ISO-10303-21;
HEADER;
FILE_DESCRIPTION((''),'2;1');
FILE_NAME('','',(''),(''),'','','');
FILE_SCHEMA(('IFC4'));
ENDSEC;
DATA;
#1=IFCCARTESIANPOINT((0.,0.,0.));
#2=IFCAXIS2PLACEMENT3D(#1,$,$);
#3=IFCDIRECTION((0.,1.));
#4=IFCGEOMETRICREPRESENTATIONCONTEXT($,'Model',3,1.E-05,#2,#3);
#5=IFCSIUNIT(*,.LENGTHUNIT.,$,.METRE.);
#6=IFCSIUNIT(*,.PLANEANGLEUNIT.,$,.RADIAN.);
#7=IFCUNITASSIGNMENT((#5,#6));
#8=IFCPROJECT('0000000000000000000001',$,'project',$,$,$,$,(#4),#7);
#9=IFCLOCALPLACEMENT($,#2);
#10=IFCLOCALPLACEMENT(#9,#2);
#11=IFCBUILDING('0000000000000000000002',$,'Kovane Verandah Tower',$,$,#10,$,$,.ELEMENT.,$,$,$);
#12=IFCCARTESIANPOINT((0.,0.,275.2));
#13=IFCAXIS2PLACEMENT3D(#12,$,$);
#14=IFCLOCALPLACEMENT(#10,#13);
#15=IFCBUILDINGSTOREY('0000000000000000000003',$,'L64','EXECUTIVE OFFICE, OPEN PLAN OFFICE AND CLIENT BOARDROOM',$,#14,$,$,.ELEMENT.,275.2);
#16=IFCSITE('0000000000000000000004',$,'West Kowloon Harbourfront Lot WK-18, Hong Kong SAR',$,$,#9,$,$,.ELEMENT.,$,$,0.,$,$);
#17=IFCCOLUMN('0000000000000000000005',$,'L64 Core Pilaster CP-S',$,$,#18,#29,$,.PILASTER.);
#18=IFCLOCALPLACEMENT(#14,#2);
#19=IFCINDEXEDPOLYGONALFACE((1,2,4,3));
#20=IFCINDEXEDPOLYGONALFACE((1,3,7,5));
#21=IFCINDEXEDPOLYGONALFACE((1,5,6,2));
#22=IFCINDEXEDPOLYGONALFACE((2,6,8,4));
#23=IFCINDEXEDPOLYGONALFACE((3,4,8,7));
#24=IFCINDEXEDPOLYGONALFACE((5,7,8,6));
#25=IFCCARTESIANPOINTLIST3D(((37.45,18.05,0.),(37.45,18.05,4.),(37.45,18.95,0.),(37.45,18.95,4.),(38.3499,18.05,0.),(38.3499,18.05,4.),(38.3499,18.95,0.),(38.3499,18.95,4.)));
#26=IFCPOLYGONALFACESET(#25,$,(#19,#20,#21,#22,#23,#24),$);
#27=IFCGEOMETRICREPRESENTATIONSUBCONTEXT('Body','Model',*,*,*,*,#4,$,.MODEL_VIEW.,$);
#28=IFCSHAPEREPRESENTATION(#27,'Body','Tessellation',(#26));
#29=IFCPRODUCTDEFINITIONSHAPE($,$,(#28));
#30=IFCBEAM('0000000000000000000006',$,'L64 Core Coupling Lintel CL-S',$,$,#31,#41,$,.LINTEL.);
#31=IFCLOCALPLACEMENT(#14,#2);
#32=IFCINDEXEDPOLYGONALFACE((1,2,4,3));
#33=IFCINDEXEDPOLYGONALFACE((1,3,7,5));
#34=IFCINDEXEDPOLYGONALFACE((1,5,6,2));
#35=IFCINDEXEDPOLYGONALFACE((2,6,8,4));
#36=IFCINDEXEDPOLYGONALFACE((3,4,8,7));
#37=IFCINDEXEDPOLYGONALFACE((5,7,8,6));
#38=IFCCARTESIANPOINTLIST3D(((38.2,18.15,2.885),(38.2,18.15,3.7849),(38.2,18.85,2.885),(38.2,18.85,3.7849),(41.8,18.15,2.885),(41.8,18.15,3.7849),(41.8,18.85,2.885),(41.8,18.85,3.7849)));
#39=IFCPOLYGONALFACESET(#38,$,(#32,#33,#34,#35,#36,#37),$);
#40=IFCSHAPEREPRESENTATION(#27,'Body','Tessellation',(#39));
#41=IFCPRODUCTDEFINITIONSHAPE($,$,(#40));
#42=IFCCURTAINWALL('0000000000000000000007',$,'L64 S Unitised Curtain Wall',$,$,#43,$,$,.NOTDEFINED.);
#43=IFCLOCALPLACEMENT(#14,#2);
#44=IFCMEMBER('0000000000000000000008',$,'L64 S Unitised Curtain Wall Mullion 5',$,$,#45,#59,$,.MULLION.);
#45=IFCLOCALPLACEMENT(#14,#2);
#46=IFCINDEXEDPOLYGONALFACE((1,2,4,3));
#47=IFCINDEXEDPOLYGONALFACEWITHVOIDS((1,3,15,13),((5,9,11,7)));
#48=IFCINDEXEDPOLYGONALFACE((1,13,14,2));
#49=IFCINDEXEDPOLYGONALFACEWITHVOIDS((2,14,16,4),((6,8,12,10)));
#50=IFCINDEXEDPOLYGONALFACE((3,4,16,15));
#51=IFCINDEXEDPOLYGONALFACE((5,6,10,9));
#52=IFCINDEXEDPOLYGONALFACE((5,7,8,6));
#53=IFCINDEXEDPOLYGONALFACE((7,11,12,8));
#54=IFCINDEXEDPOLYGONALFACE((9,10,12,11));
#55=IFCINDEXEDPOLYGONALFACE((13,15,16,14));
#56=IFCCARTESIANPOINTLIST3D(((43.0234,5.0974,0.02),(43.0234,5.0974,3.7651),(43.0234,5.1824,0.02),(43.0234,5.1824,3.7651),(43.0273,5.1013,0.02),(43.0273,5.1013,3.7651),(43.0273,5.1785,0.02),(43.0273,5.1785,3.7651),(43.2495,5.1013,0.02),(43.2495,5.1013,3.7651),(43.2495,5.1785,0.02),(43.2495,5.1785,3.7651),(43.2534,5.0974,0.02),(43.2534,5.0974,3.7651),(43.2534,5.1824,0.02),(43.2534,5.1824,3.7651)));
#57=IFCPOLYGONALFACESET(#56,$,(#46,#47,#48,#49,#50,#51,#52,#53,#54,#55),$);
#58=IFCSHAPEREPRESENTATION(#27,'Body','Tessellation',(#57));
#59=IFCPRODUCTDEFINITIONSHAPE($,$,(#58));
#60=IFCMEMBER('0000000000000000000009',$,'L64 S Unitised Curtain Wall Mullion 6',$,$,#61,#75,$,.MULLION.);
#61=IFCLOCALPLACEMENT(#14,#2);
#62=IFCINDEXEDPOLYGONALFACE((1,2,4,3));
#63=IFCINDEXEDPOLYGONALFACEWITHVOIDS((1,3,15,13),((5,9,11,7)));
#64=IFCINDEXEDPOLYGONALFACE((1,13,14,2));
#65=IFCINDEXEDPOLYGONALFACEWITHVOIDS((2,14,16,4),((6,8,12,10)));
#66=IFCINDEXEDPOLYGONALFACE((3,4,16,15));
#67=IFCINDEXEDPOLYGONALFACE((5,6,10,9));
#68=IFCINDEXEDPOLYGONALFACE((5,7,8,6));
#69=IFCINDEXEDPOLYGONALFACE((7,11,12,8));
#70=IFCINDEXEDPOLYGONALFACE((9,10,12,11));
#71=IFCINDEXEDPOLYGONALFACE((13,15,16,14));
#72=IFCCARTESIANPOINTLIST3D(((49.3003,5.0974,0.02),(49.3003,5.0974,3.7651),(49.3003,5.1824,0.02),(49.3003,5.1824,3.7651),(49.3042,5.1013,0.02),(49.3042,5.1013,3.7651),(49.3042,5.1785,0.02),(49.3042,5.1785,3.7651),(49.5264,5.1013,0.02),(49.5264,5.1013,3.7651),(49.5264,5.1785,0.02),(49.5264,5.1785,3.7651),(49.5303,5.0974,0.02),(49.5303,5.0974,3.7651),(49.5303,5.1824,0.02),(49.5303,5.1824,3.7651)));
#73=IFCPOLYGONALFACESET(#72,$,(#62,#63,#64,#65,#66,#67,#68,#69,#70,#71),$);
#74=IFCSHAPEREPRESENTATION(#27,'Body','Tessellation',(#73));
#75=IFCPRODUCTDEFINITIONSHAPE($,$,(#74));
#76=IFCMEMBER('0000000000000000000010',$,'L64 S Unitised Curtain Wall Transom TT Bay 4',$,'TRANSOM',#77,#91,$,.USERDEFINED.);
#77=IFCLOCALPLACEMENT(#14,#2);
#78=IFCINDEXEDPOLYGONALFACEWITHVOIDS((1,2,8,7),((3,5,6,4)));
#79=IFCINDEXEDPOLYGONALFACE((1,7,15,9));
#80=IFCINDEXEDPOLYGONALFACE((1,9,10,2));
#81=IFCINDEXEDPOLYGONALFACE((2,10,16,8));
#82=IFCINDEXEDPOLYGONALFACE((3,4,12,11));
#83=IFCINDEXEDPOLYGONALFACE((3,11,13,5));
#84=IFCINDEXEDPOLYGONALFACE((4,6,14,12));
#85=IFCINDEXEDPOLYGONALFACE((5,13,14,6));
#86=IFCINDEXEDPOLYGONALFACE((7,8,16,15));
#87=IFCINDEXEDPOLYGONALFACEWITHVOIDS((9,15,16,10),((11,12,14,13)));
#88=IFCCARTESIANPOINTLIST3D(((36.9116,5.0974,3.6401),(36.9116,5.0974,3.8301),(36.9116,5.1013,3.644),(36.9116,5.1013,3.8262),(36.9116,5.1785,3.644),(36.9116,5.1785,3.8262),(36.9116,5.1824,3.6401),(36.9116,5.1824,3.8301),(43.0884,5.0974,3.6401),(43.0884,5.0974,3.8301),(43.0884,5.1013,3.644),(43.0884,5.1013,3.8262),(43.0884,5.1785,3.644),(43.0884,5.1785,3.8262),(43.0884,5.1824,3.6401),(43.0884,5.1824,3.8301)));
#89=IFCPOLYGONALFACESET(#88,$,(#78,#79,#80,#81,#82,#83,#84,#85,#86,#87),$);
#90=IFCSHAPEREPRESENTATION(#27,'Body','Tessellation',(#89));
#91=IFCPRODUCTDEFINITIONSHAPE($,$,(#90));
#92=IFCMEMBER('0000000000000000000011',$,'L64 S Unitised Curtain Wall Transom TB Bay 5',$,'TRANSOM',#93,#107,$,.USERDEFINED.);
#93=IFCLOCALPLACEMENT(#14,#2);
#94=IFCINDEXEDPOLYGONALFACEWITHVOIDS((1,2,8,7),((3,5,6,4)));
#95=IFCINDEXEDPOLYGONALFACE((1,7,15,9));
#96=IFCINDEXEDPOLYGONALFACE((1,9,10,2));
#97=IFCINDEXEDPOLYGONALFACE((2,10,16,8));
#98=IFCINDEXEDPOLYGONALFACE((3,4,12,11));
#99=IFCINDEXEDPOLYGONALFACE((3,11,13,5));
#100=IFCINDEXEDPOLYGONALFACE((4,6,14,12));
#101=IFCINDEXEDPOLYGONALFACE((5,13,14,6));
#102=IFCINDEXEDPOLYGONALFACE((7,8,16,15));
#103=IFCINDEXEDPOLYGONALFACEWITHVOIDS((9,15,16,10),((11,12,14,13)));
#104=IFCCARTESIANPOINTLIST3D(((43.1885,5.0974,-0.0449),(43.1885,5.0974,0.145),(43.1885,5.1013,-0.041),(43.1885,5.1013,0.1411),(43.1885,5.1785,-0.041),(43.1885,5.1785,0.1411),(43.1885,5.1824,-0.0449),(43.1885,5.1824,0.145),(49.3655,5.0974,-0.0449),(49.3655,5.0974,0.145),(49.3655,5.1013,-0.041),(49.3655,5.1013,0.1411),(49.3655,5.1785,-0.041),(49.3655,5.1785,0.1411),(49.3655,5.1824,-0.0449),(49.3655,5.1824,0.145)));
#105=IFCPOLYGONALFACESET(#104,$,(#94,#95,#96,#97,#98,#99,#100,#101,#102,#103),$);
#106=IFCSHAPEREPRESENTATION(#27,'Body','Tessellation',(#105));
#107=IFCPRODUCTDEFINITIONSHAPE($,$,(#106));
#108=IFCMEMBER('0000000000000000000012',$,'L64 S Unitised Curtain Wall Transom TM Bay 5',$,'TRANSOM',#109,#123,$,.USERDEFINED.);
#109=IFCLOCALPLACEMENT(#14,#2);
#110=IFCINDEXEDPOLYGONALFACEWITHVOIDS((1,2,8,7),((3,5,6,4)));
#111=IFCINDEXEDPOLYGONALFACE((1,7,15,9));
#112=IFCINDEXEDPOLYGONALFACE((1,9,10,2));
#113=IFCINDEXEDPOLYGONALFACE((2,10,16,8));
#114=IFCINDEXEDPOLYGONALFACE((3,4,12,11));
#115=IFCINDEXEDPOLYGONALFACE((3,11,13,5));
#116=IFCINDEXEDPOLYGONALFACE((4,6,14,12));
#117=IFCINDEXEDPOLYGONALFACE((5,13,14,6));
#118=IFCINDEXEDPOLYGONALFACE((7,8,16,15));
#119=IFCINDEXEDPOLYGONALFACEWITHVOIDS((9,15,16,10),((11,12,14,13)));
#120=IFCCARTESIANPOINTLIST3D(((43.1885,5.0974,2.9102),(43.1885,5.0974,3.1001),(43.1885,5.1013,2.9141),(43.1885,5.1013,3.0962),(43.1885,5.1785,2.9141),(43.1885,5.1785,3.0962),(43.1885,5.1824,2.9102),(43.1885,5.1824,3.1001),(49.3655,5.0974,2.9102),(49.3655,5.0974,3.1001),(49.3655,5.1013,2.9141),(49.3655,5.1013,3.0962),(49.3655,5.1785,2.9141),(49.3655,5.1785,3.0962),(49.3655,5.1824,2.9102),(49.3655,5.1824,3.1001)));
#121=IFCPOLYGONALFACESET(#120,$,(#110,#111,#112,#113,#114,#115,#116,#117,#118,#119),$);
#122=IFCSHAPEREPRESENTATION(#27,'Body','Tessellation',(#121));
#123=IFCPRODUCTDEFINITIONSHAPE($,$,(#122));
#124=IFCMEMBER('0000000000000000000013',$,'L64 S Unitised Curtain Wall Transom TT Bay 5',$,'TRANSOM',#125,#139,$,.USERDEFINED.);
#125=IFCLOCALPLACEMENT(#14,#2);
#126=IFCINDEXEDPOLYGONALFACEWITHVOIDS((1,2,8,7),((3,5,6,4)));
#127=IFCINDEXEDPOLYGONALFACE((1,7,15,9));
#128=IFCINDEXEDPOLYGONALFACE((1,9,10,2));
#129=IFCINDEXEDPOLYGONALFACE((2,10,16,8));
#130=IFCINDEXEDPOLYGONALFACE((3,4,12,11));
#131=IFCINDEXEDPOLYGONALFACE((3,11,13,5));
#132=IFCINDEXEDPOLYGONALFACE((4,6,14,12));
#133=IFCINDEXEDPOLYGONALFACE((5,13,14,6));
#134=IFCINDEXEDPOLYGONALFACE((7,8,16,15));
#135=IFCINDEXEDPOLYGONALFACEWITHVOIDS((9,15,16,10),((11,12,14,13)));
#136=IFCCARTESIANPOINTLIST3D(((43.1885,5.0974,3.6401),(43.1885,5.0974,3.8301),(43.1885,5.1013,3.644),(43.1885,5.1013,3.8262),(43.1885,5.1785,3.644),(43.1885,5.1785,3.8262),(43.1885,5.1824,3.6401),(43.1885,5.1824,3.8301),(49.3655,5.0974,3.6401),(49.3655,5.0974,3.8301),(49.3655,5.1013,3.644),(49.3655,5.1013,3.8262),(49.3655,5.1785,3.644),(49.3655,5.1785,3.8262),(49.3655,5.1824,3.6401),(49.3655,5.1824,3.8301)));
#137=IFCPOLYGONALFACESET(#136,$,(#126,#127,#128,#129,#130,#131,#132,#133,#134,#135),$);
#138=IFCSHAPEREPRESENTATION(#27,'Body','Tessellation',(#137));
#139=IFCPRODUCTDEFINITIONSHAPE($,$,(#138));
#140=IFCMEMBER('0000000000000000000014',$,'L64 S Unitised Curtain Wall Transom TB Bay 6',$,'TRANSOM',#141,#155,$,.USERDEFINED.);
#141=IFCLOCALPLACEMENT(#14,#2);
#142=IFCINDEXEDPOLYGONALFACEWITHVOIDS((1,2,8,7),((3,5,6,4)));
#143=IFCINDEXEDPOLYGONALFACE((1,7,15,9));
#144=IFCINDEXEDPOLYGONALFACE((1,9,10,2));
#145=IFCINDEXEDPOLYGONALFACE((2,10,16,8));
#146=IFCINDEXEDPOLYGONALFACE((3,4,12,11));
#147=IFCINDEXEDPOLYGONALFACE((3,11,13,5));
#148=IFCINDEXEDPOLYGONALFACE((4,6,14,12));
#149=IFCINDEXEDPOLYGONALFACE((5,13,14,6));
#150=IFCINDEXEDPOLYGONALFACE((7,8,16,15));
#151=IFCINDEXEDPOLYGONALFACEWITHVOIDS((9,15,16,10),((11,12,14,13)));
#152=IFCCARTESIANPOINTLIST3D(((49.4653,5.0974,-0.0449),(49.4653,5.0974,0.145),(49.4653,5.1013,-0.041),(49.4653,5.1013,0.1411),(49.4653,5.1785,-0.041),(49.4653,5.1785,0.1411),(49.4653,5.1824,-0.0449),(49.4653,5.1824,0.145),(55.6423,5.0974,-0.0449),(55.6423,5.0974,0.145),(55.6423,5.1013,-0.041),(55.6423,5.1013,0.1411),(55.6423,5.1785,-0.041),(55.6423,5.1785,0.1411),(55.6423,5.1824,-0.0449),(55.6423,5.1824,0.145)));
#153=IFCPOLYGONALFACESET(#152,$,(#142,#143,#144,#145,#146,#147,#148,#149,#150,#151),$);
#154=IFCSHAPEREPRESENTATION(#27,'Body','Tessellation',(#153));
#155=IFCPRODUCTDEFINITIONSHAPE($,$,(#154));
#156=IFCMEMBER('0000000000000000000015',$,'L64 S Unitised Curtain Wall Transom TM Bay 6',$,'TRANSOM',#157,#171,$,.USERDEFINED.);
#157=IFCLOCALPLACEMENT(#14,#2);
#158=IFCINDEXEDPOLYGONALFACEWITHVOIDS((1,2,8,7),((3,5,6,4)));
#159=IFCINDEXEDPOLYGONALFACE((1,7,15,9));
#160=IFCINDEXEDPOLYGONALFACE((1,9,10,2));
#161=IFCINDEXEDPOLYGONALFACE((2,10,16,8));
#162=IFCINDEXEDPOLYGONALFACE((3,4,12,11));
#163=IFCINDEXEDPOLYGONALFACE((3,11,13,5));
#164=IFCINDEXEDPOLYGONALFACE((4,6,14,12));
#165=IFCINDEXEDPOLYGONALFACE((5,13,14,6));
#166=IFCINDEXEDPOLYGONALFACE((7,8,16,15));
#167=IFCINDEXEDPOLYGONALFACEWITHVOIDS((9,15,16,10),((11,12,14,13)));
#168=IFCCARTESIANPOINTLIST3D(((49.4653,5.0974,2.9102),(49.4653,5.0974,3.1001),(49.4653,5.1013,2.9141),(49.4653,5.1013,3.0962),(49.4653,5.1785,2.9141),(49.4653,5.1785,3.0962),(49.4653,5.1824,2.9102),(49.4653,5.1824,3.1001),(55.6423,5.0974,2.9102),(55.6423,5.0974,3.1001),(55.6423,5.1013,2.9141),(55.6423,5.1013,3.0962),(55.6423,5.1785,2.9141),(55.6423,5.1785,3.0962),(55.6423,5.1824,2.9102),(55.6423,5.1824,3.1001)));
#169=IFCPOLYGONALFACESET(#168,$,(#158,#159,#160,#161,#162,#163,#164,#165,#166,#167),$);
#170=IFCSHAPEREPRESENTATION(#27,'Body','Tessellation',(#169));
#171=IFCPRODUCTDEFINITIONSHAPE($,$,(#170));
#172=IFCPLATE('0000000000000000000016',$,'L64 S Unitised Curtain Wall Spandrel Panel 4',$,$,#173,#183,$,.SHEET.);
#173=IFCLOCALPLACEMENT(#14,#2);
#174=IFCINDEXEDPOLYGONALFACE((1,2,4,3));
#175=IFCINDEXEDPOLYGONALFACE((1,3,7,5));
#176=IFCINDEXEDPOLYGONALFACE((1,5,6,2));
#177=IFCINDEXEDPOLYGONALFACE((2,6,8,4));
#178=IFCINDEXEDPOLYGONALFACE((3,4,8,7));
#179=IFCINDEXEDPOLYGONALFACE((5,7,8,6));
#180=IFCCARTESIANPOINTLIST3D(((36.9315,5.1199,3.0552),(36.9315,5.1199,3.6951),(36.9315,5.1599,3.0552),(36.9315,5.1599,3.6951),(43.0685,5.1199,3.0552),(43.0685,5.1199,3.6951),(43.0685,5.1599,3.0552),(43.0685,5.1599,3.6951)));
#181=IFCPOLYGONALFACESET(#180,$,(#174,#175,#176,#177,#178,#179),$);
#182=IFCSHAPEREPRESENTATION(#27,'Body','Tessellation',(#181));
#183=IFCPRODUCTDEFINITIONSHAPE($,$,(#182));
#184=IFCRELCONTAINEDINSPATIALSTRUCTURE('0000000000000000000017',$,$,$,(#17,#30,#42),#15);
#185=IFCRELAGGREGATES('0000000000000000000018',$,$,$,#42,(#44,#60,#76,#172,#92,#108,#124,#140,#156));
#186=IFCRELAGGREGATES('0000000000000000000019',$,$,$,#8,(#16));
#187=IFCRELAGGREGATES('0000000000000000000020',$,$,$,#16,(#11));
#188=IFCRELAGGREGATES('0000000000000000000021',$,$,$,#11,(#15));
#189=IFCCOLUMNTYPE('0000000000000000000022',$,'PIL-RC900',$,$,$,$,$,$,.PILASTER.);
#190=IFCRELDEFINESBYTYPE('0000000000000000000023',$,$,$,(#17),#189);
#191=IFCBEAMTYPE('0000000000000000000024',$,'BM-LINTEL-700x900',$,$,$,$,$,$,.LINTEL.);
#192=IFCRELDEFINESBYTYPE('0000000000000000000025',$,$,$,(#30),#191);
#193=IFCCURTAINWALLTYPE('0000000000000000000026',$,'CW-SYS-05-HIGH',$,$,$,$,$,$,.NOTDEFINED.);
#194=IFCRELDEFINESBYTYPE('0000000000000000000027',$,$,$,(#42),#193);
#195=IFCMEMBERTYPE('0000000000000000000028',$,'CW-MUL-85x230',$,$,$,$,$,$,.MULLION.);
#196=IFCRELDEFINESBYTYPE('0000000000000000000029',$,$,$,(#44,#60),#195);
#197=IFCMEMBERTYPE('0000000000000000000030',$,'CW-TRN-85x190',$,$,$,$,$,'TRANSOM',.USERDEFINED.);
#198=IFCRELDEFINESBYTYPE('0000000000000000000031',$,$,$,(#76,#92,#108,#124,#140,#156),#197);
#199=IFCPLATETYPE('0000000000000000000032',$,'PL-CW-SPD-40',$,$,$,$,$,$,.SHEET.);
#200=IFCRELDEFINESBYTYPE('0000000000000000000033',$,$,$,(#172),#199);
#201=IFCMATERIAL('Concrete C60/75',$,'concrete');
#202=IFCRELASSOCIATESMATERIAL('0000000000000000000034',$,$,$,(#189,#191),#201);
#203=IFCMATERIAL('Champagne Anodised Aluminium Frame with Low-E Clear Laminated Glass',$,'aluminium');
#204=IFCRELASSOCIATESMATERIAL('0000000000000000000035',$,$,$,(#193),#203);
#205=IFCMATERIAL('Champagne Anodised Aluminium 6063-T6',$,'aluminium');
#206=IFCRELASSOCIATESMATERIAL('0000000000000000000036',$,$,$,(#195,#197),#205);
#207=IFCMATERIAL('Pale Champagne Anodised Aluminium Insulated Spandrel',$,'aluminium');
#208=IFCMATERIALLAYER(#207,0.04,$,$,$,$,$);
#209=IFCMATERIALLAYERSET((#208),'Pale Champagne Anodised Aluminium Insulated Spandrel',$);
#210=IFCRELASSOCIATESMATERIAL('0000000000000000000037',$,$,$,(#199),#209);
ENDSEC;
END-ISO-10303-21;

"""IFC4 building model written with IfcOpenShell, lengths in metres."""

from ifc_helpers import new_model, si_unit, direction, frame, origin, origin_2d, place, context, subcontext, project, spatial, rectangle, hollow_rectangle, extrude, material, layer, layer_set, material_profile, profile_set, type_object, element, aggregate, save


model = new_model("IFC4")

# Units and contexts
model_context = context("Model", 3, precision=1e-05, world=origin(), true_north=direction((0.0, 1.0)))
body_context = subcontext(model_context, "Body", "Model", "MODEL_VIEW")
ifc_project = project(units=[si_unit("LENGTHUNIT", "METRE"), si_unit("PLANEANGLEUNIT", "RADIAN")], contexts=[model_context])

# Site, building, storey
site_placement = place(None, origin())
site = spatial("IfcSite", under=ifc_project, at=site_placement, Name="West Kowloon Harbourfront Lot WK-18, Hong Kong SAR", CompositionType="ELEMENT", RefElevation=0.0)
building_placement = place(site_placement, origin())
building = spatial("IfcBuilding", under=site, at=building_placement, Name="Kovane Verandah Tower", CompositionType="ELEMENT")
storey_placement = place(building_placement, frame((0.0, 0.0, 275.2)))
storey = spatial("IfcBuildingStorey", under=building, at=storey_placement, Name="L64", Description="EXECUTIVE OFFICE, OPEN PLAN OFFICE AND CLIENT BOARDROOM", CompositionType="ELEMENT", Elevation=275.2)

# Column
ifc_material_1 = material(Name="Concrete C60/75", Category="concrete")
ifc_material_profile_1 = material_profile(ifc_material_1, rectangle(XDim=0.8999, YDim=0.8999, at=origin_2d()), Name="RC900x900")
ifc_profile_set_1 = profile_set([ifc_material_profile_1], Name="Concrete C60/75")
column_type = type_object("IfcColumnType", Name="PIL-RC900", PredefinedType="PILASTER", material=ifc_profile_set_1)
column_placement = place(storey_placement, frame((37.8999, 18.5, 0.0), z_axis=(0.0, 0.0, 1.0), x_axis=(1.0, 0.0, 0.0)))
element("IfcColumn", 1, at=column_placement, inside=storey, type_object=column_type, Name="L64 Core Pilaster CP-S", PredefinedType="PILASTER", context=body_context, shape_type="SweptSolid", body=[
    extrude(rectangle(XDim=0.8999, YDim=0.8999, at=origin_2d()), origin(), (0.0, 0.0, 1.0), 4.0),
])

# Beam
ifc_material_profile_2 = material_profile(ifc_material_1, rectangle(XDim=0.7, YDim=0.8999, at=origin_2d()), Name="RCB700x900")
ifc_profile_set_2 = profile_set([ifc_material_profile_2], Name="Concrete C60/75")
beam_type = type_object("IfcBeamType", Name="BM-LINTEL-700x900", PredefinedType="LINTEL", material=ifc_profile_set_2)
beam_placement = place(storey_placement, frame((38.2, 18.5, 3.335), z_axis=(1.0, 0.0, 0.0), x_axis=(0.0, 1.0, 0.0)))
element("IfcBeam", 2, at=beam_placement, inside=storey, type_object=beam_type, Name="L64 Core Coupling Lintel CL-S", PredefinedType="LINTEL", context=body_context, shape_type="SweptSolid", body=[
    extrude(rectangle(XDim=0.7, YDim=0.8999, at=origin_2d()), origin(), (0.0, 0.0, 1.0), 3.6001),
])

# Curtain wall, members, plate
ifc_material_2 = material(Name="Champagne Anodised Aluminium Frame with Low-E Clear Laminated Glass", Category="aluminium")
curtain_wall_type = type_object("IfcCurtainWallType", Name="CW-SYS-05-HIGH", PredefinedType="NOTDEFINED", material=ifc_material_2)
curtain_wall_placement = place(storey_placement, origin())
curtain_wall = element("IfcCurtainWall", 3, at=curtain_wall_placement, inside=storey, type_object=curtain_wall_type, Name="L64 S Unitised Curtain Wall", PredefinedType="NOTDEFINED")
ifc_material_3 = material(Name="Champagne Anodised Aluminium 6063-T6", Category="aluminium")
ifc_material_profile_3 = material_profile(ifc_material_3, hollow_rectangle(XDim=0.085, YDim=0.23, WallThickness=0.0039, at=origin_2d()), Name="AL85x230x4")
ifc_profile_set_3 = profile_set([ifc_material_profile_3], Name="Champagne Anodised Aluminium 6063-T6")
member_type_1 = type_object("IfcMemberType", Name="CW-MUL-85x230", PredefinedType="MULLION", material=ifc_profile_set_3)
member_1_placement = place(storey_placement, frame((43.1384, 5.1399, 0.02), z_axis=(0.0, 0.0, 1.0), x_axis=(0.0, -1.0, 0.0)))
member_1 = element("IfcMember", 4, at=member_1_placement, type_object=member_type_1, Name="L64 S Unitised Curtain Wall Mullion 5", PredefinedType="MULLION", context=body_context, shape_type="SweptSolid", body=[
    extrude(hollow_rectangle(XDim=0.085, YDim=0.23, WallThickness=0.0039, at=origin_2d()), origin(), (0.0, 0.0, 1.0), 3.7451),
])
member_2_placement = place(storey_placement, frame((49.4153, 5.1399, 0.02), z_axis=(0.0, 0.0, 1.0), x_axis=(0.0, -1.0, 0.0)))
member_2 = element("IfcMember", 5, at=member_2_placement, type_object=member_type_1, Name="L64 S Unitised Curtain Wall Mullion 6", PredefinedType="MULLION", context=body_context, shape_type="SweptSolid", body=[
    extrude(hollow_rectangle(XDim=0.085, YDim=0.23, WallThickness=0.0039, at=origin_2d()), origin(), (0.0, 0.0, 1.0), 3.7451),
])
ifc_material_profile_4 = material_profile(ifc_material_3, hollow_rectangle(XDim=0.085, YDim=0.1899, WallThickness=0.0039, at=origin_2d()), Name="AL85x190x4")
ifc_profile_set_4 = profile_set([ifc_material_profile_4], Name="Champagne Anodised Aluminium 6063-T6")
member_type_2 = type_object("IfcMemberType", Name="CW-TRN-85x190", ElementType="TRANSOM", PredefinedType="USERDEFINED", material=ifc_profile_set_4)
member_3_placement = place(storey_placement, frame((36.9116, 5.1399, 3.7351), z_axis=(1.0, 0.0, 0.0), x_axis=(0.0, 1.0, 0.0)))
member_3 = element("IfcMember", 6, at=member_3_placement, type_object=member_type_2, Name="L64 S Unitised Curtain Wall Transom TT Bay 4", ObjectType="TRANSOM", PredefinedType="USERDEFINED", context=body_context, shape_type="SweptSolid", body=[
    extrude(hollow_rectangle(XDim=0.085, YDim=0.1899, WallThickness=0.0039, at=origin_2d()), origin(), (0.0, 0.0, 1.0), 6.1768),
])
member_4_placement = place(storey_placement, frame((43.1885, 5.1399, 0.05), z_axis=(1.0, 0.0, 0.0), x_axis=(0.0, 1.0, 0.0)))
member_4 = element("IfcMember", 7, at=member_4_placement, type_object=member_type_2, Name="L64 S Unitised Curtain Wall Transom TB Bay 5", ObjectType="TRANSOM", PredefinedType="USERDEFINED", context=body_context, shape_type="SweptSolid", body=[
    extrude(hollow_rectangle(XDim=0.085, YDim=0.1899, WallThickness=0.0039, at=origin_2d()), origin(), (0.0, 0.0, 1.0), 6.177),
])
member_5_placement = place(storey_placement, frame((43.1885, 5.1399, 3.0051), z_axis=(1.0, 0.0, 0.0), x_axis=(0.0, 1.0, 0.0)))
member_5 = element("IfcMember", 8, at=member_5_placement, type_object=member_type_2, Name="L64 S Unitised Curtain Wall Transom TM Bay 5", ObjectType="TRANSOM", PredefinedType="USERDEFINED", context=body_context, shape_type="SweptSolid", body=[
    extrude(hollow_rectangle(XDim=0.085, YDim=0.1899, WallThickness=0.0039, at=origin_2d()), origin(), (0.0, 0.0, 1.0), 6.177),
])
member_6_placement = place(storey_placement, frame((43.1885, 5.1399, 3.7351), z_axis=(1.0, 0.0, 0.0), x_axis=(0.0, 1.0, 0.0)))
member_6 = element("IfcMember", 9, at=member_6_placement, type_object=member_type_2, Name="L64 S Unitised Curtain Wall Transom TT Bay 5", ObjectType="TRANSOM", PredefinedType="USERDEFINED", context=body_context, shape_type="SweptSolid", body=[
    extrude(hollow_rectangle(XDim=0.085, YDim=0.1899, WallThickness=0.0039, at=origin_2d()), origin(), (0.0, 0.0, 1.0), 6.177),
])
member_7_placement = place(storey_placement, frame((49.4653, 5.1399, 0.05), z_axis=(1.0, 0.0, 0.0), x_axis=(0.0, 1.0, 0.0)))
member_7 = element("IfcMember", 10, at=member_7_placement, type_object=member_type_2, Name="L64 S Unitised Curtain Wall Transom TB Bay 6", ObjectType="TRANSOM", PredefinedType="USERDEFINED", context=body_context, shape_type="SweptSolid", body=[
    extrude(hollow_rectangle(XDim=0.085, YDim=0.1899, WallThickness=0.0039, at=origin_2d()), origin(), (0.0, 0.0, 1.0), 6.177),
])
member_8_placement = place(storey_placement, frame((49.4653, 5.1399, 3.0051), z_axis=(1.0, 0.0, 0.0), x_axis=(0.0, 1.0, 0.0)))
member_8 = element("IfcMember", 11, at=member_8_placement, type_object=member_type_2, Name="L64 S Unitised Curtain Wall Transom TM Bay 6", ObjectType="TRANSOM", PredefinedType="USERDEFINED", context=body_context, shape_type="SweptSolid", body=[
    extrude(hollow_rectangle(XDim=0.085, YDim=0.1899, WallThickness=0.0039, at=origin_2d()), origin(), (0.0, 0.0, 1.0), 6.177),
])
ifc_material_4 = material(Name="Pale Champagne Anodised Aluminium Insulated Spandrel", Category="aluminium")
ifc_layer_1 = layer(ifc_material_4, 0.04)
ifc_layer_set_1 = layer_set([ifc_layer_1], Name="Pale Champagne Anodised Aluminium Insulated Spandrel")
plate_type_1 = type_object("IfcPlateType", Name="PL-CW-SPD-40", PredefinedType="SHEET", material=ifc_layer_set_1)
plate_1_placement = place(storey_placement, frame((40.0, 5.1399, 3.0552), z_axis=(0.0, 0.0, 1.0), x_axis=(1.0, 0.0, 0.0)))
plate_1 = element("IfcPlate", 12, at=plate_1_placement, type_object=plate_type_1, Name="L64 S Unitised Curtain Wall Spandrel Panel 4", PredefinedType="SHEET", context=body_context, shape_type="SweptSolid", body=[
    extrude(rectangle(XDim=6.137, YDim=0.04, at=origin_2d()), origin(), (0.0, 0.0, 1.0), 0.6399),
])
aggregate(curtain_wall, [member_1, member_2, member_3, plate_1, member_4, member_5, member_6, member_7, member_8])

save(model, "model.ifc")
